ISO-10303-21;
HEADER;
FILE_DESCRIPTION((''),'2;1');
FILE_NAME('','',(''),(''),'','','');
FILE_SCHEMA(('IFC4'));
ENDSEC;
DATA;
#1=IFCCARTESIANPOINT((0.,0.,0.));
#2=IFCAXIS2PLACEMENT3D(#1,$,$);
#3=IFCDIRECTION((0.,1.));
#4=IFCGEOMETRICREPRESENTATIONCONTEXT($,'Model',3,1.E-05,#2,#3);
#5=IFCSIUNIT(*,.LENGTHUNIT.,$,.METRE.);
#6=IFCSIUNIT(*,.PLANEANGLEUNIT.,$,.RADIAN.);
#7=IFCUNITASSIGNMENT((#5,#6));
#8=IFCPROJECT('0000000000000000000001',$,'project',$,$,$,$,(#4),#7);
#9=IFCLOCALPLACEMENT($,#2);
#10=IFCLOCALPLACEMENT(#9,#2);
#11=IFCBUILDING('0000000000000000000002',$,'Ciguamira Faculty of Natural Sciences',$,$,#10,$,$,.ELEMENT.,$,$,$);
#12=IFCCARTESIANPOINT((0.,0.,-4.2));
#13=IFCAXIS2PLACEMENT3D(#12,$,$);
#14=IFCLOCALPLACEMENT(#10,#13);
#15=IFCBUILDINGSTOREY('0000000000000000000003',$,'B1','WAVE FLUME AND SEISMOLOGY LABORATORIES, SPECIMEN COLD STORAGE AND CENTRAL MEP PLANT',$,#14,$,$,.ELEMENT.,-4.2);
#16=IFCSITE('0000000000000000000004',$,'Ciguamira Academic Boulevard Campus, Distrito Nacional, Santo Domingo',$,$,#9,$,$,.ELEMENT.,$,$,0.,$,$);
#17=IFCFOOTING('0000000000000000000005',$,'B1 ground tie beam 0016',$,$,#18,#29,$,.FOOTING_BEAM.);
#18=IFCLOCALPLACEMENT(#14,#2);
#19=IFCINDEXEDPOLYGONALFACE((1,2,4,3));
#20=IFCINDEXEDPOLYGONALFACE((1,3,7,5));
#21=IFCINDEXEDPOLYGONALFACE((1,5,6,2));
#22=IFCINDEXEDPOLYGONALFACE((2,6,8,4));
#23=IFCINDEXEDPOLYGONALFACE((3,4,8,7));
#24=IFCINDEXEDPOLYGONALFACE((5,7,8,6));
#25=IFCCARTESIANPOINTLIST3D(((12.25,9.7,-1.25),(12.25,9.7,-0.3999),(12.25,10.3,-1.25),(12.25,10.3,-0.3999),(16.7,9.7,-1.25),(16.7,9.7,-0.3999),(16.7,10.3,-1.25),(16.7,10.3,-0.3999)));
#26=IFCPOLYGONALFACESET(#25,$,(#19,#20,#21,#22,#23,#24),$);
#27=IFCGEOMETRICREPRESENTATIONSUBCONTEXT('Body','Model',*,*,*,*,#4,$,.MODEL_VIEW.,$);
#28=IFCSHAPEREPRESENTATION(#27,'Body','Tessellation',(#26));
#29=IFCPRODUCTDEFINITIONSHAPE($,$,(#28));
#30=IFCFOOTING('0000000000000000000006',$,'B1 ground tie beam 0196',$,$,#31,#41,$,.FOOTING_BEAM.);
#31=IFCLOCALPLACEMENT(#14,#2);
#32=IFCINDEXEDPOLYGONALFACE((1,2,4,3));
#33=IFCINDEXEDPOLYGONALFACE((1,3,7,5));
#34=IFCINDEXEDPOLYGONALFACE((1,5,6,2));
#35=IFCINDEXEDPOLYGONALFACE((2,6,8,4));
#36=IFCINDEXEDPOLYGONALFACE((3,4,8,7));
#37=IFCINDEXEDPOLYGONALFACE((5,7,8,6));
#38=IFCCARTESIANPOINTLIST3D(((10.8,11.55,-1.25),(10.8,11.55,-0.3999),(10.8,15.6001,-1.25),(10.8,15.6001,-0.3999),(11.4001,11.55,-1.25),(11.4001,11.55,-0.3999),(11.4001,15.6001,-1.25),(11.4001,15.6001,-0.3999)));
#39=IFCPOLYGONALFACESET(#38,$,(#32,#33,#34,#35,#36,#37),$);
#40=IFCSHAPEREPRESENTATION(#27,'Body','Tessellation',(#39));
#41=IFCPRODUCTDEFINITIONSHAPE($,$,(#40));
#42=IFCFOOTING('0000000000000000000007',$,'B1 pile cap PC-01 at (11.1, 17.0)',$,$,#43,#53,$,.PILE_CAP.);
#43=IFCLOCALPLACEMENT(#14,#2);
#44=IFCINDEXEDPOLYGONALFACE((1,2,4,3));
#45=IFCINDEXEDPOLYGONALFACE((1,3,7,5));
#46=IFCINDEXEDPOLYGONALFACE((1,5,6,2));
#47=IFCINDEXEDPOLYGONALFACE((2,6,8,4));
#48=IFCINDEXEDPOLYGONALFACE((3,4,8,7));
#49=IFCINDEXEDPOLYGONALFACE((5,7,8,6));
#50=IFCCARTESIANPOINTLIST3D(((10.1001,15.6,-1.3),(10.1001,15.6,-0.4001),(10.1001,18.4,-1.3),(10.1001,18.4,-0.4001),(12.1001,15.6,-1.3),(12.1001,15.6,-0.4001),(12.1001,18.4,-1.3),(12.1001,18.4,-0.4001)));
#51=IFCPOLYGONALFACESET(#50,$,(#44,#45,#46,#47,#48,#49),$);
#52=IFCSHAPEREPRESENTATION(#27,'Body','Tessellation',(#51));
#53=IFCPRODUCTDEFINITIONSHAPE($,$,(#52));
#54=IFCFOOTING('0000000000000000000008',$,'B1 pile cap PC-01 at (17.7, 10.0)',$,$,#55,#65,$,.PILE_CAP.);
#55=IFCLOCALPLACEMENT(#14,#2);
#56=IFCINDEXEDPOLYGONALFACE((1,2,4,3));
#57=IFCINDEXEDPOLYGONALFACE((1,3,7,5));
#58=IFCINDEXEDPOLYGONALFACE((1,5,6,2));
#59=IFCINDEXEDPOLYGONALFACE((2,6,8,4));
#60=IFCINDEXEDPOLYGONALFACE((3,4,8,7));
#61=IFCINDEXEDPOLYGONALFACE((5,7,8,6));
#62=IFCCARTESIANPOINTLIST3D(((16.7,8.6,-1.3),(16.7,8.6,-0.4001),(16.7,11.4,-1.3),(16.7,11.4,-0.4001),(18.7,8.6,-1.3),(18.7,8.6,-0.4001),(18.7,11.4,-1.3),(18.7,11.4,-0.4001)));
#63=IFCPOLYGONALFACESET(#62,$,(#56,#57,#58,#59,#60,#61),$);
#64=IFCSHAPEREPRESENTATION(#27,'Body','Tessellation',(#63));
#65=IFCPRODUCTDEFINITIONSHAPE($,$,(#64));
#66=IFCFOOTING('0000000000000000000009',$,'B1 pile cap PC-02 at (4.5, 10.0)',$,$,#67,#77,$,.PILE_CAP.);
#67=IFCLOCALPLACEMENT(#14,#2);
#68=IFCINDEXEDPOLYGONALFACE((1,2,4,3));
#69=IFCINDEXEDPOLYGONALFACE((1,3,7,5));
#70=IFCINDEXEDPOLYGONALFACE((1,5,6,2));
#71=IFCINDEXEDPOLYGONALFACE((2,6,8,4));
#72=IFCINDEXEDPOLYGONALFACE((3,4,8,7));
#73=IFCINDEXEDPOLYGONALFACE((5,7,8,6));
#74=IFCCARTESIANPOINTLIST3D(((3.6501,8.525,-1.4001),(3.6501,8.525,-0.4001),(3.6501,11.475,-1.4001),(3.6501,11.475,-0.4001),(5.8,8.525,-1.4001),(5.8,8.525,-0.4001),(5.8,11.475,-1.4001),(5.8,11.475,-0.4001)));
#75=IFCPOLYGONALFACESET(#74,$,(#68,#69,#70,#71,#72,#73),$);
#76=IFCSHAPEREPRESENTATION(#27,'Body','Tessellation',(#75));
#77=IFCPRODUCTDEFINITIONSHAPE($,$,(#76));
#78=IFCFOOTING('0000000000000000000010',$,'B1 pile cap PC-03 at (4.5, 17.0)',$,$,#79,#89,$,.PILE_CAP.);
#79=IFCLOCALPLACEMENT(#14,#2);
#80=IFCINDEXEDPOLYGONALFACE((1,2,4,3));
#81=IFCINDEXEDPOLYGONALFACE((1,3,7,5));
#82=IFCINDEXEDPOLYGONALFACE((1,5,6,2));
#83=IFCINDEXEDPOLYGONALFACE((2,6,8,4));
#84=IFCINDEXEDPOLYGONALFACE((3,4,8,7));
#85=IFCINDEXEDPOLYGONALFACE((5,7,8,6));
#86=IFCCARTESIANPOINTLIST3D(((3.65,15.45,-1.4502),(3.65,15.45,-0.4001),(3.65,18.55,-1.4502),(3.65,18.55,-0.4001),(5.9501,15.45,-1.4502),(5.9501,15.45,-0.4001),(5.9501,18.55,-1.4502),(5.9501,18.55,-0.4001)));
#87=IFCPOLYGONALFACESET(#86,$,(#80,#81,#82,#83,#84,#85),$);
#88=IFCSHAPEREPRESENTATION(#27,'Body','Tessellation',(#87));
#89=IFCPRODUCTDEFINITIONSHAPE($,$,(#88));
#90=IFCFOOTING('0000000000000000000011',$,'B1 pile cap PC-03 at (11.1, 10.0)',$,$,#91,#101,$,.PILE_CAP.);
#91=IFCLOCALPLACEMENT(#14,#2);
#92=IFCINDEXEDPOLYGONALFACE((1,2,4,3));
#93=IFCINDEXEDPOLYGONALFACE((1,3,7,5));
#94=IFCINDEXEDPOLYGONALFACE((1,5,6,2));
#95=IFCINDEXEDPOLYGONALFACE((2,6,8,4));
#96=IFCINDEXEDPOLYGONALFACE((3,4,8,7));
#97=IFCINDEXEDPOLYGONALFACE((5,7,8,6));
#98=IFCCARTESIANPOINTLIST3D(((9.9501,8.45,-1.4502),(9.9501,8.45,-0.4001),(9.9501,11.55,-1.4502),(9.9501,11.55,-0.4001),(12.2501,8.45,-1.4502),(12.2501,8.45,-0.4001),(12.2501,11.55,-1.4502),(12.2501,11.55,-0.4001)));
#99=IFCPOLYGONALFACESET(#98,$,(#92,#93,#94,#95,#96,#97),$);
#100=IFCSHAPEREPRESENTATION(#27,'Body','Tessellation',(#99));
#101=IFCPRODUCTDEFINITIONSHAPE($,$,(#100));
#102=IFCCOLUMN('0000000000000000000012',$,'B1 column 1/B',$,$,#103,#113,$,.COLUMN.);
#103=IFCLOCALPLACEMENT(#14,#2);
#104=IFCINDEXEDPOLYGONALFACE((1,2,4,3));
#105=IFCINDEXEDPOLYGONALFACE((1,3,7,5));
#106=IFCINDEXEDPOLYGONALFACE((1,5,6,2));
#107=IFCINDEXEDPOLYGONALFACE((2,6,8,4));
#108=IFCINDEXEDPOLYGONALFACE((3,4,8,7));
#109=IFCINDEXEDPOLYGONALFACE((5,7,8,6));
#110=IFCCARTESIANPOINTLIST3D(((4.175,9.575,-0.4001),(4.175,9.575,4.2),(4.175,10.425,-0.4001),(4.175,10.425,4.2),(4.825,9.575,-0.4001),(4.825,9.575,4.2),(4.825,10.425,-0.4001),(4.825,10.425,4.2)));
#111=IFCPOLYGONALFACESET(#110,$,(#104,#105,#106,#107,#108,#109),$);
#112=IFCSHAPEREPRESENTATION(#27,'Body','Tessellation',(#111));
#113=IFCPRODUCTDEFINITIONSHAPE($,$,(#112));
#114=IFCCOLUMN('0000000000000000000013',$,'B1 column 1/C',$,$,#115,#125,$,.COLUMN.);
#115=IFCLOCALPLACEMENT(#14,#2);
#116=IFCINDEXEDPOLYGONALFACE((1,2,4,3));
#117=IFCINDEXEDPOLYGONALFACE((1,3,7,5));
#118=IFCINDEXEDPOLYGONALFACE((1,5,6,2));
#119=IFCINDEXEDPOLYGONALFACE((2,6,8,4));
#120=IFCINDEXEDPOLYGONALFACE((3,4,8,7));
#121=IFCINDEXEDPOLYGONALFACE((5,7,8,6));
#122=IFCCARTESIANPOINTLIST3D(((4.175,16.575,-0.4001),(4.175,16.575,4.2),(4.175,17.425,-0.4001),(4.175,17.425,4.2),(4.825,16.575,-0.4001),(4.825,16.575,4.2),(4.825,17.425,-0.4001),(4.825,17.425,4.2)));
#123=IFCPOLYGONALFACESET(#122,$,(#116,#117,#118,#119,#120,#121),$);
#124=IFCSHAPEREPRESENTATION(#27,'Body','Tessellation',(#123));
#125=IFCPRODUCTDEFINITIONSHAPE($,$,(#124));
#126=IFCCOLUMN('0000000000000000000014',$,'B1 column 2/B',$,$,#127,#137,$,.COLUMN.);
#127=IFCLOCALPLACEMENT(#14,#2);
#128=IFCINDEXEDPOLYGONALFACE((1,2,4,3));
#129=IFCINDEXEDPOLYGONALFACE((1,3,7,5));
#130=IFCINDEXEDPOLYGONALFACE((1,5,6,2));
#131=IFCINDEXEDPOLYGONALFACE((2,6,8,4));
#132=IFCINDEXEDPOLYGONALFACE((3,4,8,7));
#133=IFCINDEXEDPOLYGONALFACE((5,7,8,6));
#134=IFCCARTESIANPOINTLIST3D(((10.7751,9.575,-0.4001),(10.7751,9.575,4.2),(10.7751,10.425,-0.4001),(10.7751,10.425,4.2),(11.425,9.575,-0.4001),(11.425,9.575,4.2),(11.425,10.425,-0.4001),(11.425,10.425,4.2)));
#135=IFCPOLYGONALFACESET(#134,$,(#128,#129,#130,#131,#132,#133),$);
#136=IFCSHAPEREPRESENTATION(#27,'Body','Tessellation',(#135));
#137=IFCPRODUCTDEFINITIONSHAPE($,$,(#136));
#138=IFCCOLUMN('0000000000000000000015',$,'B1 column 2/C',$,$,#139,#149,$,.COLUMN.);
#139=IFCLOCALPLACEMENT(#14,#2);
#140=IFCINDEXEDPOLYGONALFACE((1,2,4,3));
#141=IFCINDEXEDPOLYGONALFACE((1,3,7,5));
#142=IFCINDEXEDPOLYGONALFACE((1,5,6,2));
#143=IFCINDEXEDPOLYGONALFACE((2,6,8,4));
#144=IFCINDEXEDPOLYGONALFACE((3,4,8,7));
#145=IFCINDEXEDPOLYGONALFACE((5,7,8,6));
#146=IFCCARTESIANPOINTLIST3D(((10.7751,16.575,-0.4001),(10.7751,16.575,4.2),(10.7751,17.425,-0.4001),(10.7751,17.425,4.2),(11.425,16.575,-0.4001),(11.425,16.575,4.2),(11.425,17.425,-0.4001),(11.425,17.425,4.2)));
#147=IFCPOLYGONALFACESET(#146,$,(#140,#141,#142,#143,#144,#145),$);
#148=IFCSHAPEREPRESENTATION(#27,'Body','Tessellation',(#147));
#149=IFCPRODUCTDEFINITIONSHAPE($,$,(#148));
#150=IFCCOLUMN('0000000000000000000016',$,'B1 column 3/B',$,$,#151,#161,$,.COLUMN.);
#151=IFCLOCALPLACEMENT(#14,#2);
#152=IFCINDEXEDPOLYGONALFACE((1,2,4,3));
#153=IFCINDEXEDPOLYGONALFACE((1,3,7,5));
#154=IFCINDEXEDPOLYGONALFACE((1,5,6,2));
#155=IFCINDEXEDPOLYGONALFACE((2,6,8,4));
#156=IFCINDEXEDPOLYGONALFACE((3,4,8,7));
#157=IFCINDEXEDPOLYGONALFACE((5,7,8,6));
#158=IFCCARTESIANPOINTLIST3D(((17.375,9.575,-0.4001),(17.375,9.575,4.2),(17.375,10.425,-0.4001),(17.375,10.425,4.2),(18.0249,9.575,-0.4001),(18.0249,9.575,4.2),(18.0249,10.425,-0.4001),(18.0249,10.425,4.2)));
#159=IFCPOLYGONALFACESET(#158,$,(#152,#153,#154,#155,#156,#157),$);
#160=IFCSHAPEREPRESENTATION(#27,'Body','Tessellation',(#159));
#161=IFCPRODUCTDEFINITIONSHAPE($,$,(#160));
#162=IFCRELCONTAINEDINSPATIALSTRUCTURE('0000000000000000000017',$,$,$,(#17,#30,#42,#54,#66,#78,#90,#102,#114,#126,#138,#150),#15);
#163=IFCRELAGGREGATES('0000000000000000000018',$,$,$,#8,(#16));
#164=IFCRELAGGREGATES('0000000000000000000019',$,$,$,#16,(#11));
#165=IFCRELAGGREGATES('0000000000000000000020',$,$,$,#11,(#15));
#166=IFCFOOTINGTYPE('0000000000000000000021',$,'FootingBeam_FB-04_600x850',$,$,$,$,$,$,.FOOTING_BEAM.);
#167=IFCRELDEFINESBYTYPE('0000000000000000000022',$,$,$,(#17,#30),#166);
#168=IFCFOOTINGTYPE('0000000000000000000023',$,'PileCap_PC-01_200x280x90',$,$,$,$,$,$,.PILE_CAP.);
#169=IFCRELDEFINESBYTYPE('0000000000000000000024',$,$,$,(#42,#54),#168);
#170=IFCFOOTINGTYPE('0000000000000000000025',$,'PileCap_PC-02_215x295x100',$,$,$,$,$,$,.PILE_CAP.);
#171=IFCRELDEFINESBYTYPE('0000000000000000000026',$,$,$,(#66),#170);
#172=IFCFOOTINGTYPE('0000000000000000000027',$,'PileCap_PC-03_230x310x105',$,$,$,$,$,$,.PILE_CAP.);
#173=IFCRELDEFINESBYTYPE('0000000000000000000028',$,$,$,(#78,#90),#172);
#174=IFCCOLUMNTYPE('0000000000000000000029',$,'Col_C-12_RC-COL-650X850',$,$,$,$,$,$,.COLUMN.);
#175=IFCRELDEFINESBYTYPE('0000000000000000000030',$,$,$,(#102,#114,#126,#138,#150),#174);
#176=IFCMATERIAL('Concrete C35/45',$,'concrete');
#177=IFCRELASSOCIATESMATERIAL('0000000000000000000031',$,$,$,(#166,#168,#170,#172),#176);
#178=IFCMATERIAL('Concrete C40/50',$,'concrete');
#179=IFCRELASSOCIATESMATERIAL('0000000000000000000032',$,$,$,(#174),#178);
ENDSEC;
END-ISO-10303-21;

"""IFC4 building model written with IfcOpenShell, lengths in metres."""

from ifc_helpers import new_model, si_unit, direction, frame, origin, origin_2d, place, context, subcontext, project, spatial, rectangle, extrude, material, material_profile, profile_set, type_object, element, save


model = new_model("IFC4")

# Units and contexts
model_context = context("Model", 3, precision=1e-05, world=origin(), true_north=direction((0.0, 1.0)))
body_context = subcontext(model_context, "Body", "Model", "MODEL_VIEW")
ifc_project = project(units=[si_unit("LENGTHUNIT", "METRE"), si_unit("PLANEANGLEUNIT", "RADIAN")], contexts=[model_context])

# Site, building, storey
site_placement = place(None, origin())
site = spatial("IfcSite", under=ifc_project, at=site_placement, Name="Ciguamira Academic Boulevard Campus, Distrito Nacional, Santo Domingo", CompositionType="ELEMENT", RefElevation=0.0)
building_placement = place(site_placement, origin())
building = spatial("IfcBuilding", under=site, at=building_placement, Name="Ciguamira Faculty of Natural Sciences", CompositionType="ELEMENT")
storey_placement = place(building_placement, frame((0.0, 0.0, -4.2)))
storey = spatial("IfcBuildingStorey", under=building, at=storey_placement, Name="B1", Description="WAVE FLUME AND SEISMOLOGY LABORATORIES, SPECIMEN COLD STORAGE AND CENTRAL MEP PLANT", CompositionType="ELEMENT", Elevation=-4.2)

# Shared definitions
ifc_material_1 = material(Name="Concrete C35/45", Category="concrete")

# Footings
ifc_material_profile_1 = material_profile(ifc_material_1, rectangle(XDim=0.6001, YDim=0.8501, at=origin_2d()), Name="RC-FB-600X850")
ifc_profile_set_1 = profile_set([ifc_material_profile_1], Name="Concrete C35/45")
footing_type_1 = type_object("IfcFootingType", Name="FootingBeam_FB-04_600x850", PredefinedType="FOOTING_BEAM", material=ifc_profile_set_1)
footing_1_placement = place(storey_placement, frame((12.25, 10.0, -0.825), z_axis=(1.0, 0.0, 0.0), x_axis=(0.0, 1.0, 0.0)))
element("IfcFooting", 1, at=footing_1_placement, inside=storey, type_object=footing_type_1, Name="B1 ground tie beam 0016", PredefinedType="FOOTING_BEAM", context=body_context, shape_type="SweptSolid", body=[
    extrude(rectangle(XDim=0.6001, YDim=0.8501, at=origin_2d()), origin(), (0.0, 0.0, 1.0), 4.45),
])
footing_2_placement = place(storey_placement, frame((11.1001, 11.55, -0.825), z_axis=(0.0, 1.0, 0.0), x_axis=(-1.0, 0.0, 0.0)))
element("IfcFooting", 2, at=footing_2_placement, inside=storey, type_object=footing_type_1, Name="B1 ground tie beam 0196", PredefinedType="FOOTING_BEAM", context=body_context, shape_type="SweptSolid", body=[
    extrude(rectangle(XDim=0.6001, YDim=0.8501, at=origin_2d()), origin(), (0.0, 0.0, 1.0), 4.05),
])
footing_type_2 = type_object("IfcFootingType", Name="PileCap_PC-01_200x280x90", PredefinedType="PILE_CAP", material=ifc_material_1)
for number, where, z_axis, x_axis, name in (
    (3, (11.1001, 17.0, -1.3), (0.0, 0.0, 1.0), (1.0, 0.0, 0.0), "B1 pile cap PC-01 at (11.1, 17.0)"),
    (4, (17.7, 10.0, -1.3), (0.0, 0.0, 1.0), (1.0, 0.0, 0.0), "B1 pile cap PC-01 at (17.7, 10.0)"),
):
    element("IfcFooting", number, at=place(storey_placement, frame(where, z_axis=z_axis, x_axis=x_axis)), inside=storey, type_object=footing_type_2, Name=name, PredefinedType="PILE_CAP", context=body_context, shape_type="SweptSolid", body=[
        extrude(rectangle(XDim=2.0, YDim=2.8, at=origin_2d()), origin(), (0.0, 0.0, 1.0), 0.8999),
    ])
footing_type_3 = type_object("IfcFootingType", Name="PileCap_PC-02_215x295x100", PredefinedType="PILE_CAP", material=ifc_material_1)
footing_3_placement = place(storey_placement, frame((4.7251, 10.0, -1.4001), z_axis=(0.0, 0.0, 1.0), x_axis=(1.0, 0.0, 0.0)))
element("IfcFooting", 5, at=footing_3_placement, inside=storey, type_object=footing_type_3, Name="B1 pile cap PC-02 at (4.5, 10.0)", PredefinedType="PILE_CAP", context=body_context, shape_type="SweptSolid", body=[
    extrude(rectangle(XDim=2.1499, YDim=2.95, at=origin_2d()), origin(), (0.0, 0.0, 1.0), 1.0),
])
footing_type_4 = type_object("IfcFootingType", Name="PileCap_PC-03_230x310x105", PredefinedType="PILE_CAP", material=ifc_material_1)
for number, where, z_axis, x_axis, name in (
    (6, (4.8, 17.0, -1.4502), (0.0, 0.0, 1.0), (1.0, 0.0, 0.0), "B1 pile cap PC-03 at (4.5, 17.0)"),
    (7, (11.1001, 10.0, -1.4502), (0.0, 0.0, 1.0), (1.0, 0.0, 0.0), "B1 pile cap PC-03 at (11.1, 10.0)"),
):
    element("IfcFooting", number, at=place(storey_placement, frame(where, z_axis=z_axis, x_axis=x_axis)), inside=storey, type_object=footing_type_4, Name=name, PredefinedType="PILE_CAP", context=body_context, shape_type="SweptSolid", body=[
        extrude(rectangle(XDim=2.3, YDim=3.1001, at=origin_2d()), origin(), (0.0, 0.0, 1.0), 1.05),
    ])

# Columns
ifc_material_2 = material(Name="Concrete C40/50", Category="concrete")
ifc_material_profile_2 = material_profile(ifc_material_2, rectangle(XDim=0.6499, YDim=0.8501, at=origin_2d()), Name="RC-COL-650X850")
ifc_profile_set_2 = profile_set([ifc_material_profile_2], Name="Concrete C40/50")
column_type = type_object("IfcColumnType", Name="Col_C-12_RC-COL-650X850", PredefinedType="COLUMN", material=ifc_profile_set_2)
for number, where, z_axis, x_axis, name in (
    (8, (4.5, 10.0, -0.4001), (0.0, 0.0, 1.0), (1.0, 0.0, 0.0), "B1 column 1/B"),
    (9, (4.5, 17.0, -0.4001), (0.0, 0.0, 1.0), (1.0, 0.0, 0.0), "B1 column 1/C"),
    (10, (11.1001, 10.0, -0.4001), (0.0, 0.0, 1.0), (1.0, 0.0, 0.0), "B1 column 2/B"),
    (11, (11.1001, 17.0, -0.4001), (0.0, 0.0, 1.0), (1.0, 0.0, 0.0), "B1 column 2/C"),
    (12, (17.7, 10.0, -0.4001), (0.0, 0.0, 1.0), (1.0, 0.0, 0.0), "B1 column 3/B"),
):
    element("IfcColumn", number, at=place(storey_placement, frame(where, z_axis=z_axis, x_axis=x_axis)), inside=storey, type_object=column_type, Name=name, PredefinedType="COLUMN", context=body_context, shape_type="SweptSolid", body=[
        extrude(rectangle(XDim=0.6499, YDim=0.8501, at=origin_2d()), origin(), (0.0, 0.0, 1.0), 4.6001),
    ])

save(model, "model.ifc")
